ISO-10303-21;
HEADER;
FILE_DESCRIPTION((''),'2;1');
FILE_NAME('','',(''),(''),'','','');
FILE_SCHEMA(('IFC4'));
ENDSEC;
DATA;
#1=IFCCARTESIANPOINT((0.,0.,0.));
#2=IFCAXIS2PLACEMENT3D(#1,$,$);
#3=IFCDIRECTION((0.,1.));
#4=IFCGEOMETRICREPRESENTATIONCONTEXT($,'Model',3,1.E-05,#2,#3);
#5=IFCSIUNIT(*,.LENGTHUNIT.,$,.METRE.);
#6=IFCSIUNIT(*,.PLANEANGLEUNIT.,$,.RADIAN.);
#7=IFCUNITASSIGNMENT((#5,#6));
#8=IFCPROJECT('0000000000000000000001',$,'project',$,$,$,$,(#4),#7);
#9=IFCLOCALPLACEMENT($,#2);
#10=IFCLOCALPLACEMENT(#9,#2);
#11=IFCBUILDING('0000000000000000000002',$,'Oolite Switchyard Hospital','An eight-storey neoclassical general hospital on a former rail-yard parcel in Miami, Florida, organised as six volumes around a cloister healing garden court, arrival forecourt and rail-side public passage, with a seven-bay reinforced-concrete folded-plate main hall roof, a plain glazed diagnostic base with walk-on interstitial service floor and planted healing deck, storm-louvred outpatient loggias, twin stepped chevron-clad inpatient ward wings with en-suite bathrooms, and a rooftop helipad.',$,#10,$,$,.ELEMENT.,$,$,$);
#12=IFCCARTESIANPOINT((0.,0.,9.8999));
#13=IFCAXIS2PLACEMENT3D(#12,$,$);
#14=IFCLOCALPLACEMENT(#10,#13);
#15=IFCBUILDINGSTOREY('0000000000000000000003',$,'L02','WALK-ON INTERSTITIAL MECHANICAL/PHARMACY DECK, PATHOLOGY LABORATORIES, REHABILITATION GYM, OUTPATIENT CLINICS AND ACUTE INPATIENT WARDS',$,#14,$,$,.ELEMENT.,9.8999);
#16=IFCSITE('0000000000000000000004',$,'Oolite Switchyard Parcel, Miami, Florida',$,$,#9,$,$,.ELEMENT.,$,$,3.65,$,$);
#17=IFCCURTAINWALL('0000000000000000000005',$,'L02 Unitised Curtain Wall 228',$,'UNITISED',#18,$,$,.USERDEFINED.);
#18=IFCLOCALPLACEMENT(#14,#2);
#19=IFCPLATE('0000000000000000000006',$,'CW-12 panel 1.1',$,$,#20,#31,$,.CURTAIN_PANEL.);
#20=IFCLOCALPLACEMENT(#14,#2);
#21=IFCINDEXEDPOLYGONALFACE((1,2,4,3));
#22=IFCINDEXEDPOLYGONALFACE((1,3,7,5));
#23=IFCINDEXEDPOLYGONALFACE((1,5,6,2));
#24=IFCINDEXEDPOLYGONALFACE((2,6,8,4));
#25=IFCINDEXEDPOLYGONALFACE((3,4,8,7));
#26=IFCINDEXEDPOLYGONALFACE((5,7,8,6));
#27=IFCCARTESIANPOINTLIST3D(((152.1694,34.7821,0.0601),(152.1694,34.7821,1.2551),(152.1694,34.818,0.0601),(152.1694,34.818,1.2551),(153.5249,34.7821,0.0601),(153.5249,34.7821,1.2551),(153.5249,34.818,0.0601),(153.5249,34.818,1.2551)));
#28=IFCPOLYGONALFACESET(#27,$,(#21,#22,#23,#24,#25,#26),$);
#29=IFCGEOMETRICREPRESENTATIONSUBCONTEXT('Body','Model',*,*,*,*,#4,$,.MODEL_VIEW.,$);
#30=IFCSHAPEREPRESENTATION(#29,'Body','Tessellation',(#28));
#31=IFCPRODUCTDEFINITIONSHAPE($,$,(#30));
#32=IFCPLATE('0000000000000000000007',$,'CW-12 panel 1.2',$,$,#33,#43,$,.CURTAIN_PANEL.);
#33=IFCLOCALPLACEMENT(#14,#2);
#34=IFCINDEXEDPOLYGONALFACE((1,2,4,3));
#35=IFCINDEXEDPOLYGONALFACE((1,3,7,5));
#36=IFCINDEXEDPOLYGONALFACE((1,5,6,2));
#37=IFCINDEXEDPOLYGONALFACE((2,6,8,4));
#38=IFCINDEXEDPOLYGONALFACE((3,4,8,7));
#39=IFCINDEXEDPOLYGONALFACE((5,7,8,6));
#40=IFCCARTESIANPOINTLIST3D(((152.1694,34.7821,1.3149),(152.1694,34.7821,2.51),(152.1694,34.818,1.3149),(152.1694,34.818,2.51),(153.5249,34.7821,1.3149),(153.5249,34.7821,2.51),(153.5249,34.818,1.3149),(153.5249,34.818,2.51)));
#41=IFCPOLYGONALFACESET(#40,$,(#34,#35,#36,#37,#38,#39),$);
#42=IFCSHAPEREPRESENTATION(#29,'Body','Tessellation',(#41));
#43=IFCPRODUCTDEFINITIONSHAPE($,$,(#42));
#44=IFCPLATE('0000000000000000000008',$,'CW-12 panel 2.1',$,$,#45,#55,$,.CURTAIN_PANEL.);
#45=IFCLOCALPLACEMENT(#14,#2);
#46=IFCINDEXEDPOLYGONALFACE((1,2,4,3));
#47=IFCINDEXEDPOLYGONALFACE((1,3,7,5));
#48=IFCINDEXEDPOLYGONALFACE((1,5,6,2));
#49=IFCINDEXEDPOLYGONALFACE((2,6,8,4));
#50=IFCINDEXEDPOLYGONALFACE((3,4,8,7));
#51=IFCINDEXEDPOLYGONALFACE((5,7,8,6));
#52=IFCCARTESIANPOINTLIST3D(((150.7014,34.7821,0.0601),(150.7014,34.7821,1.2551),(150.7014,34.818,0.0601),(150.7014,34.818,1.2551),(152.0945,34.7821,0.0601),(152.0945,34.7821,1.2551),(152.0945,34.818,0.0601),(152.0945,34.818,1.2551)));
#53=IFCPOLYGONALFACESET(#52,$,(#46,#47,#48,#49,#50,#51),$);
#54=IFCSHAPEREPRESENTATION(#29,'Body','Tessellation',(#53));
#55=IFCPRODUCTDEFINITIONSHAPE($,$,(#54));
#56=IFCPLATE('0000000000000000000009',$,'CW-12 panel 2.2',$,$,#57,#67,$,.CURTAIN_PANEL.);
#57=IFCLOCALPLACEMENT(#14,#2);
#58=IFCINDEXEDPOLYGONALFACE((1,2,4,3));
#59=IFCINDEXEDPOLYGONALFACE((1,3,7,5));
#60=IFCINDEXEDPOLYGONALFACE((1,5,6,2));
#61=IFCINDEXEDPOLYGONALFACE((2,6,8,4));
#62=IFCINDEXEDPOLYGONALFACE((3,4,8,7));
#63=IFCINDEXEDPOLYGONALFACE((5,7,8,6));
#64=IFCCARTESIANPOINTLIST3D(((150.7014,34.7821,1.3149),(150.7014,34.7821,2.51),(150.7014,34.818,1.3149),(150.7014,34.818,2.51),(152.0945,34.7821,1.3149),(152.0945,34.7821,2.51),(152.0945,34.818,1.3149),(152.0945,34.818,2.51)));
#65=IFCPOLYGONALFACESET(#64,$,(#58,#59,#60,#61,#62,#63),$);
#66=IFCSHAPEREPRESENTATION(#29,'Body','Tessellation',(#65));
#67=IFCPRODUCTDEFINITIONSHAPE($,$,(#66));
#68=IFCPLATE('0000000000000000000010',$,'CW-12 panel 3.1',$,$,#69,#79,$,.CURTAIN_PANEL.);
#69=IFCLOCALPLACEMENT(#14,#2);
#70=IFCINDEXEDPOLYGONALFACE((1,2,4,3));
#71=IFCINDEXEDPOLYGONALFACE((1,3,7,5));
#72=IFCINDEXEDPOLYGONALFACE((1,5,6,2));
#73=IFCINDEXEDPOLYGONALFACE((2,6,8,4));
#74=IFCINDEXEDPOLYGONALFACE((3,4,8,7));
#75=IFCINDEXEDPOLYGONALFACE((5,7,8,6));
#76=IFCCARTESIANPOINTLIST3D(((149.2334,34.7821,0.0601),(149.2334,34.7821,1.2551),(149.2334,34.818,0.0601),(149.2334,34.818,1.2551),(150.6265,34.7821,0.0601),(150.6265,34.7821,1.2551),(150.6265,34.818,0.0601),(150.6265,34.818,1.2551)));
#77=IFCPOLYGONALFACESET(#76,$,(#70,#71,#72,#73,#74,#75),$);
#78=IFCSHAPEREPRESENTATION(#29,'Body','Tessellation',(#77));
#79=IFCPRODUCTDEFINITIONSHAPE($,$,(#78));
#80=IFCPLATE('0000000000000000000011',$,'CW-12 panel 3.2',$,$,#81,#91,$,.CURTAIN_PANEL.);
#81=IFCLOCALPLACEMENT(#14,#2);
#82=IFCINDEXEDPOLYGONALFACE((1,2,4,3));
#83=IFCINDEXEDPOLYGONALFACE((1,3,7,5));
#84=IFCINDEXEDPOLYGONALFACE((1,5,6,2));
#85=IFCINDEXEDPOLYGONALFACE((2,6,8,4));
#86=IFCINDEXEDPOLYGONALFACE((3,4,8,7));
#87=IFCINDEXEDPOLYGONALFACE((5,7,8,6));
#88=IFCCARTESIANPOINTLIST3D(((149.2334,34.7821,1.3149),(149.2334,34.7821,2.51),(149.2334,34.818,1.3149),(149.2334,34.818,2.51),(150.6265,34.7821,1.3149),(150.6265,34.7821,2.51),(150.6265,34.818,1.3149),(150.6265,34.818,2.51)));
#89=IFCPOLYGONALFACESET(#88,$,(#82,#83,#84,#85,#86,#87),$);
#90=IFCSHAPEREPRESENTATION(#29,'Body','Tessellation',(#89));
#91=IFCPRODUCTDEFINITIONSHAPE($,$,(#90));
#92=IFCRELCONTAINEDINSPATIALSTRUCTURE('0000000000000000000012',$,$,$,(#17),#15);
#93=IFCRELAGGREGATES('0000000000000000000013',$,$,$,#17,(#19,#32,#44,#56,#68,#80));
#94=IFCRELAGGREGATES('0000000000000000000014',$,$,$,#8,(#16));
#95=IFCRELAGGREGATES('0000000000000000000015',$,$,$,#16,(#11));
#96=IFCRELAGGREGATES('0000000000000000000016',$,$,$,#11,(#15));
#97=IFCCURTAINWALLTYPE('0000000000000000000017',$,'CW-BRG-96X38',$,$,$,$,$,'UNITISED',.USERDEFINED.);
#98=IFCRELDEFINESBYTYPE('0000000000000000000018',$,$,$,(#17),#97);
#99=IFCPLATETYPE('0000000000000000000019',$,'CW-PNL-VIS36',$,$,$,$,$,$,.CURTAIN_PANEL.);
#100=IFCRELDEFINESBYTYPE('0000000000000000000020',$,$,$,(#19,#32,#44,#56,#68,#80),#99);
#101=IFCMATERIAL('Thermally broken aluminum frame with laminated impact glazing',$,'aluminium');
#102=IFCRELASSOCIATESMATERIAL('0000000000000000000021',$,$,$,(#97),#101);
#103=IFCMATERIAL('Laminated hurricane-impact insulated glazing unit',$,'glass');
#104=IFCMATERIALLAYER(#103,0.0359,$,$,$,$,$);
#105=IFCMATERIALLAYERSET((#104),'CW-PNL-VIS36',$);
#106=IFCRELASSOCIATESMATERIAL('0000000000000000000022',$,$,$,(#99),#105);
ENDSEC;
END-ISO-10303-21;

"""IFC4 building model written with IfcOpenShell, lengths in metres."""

from ifc_helpers import new_model, si_unit, direction, frame, origin, origin_2d, place, context, subcontext, project, spatial, rectangle, extrude, material, layer, layer_set, type_object, element, aggregate, save


model = new_model("IFC4")

# Units and contexts
model_context = context("Model", 3, precision=1e-05, world=origin(), true_north=direction((0.0, 1.0)))
body_context = subcontext(model_context, "Body", "Model", "MODEL_VIEW")
ifc_project = project(units=[si_unit("LENGTHUNIT", "METRE"), si_unit("PLANEANGLEUNIT", "RADIAN")], contexts=[model_context])

# Site, building, storey
site_placement = place(None, origin())
site = spatial("IfcSite", under=ifc_project, at=site_placement, Name="Oolite Switchyard Parcel, Miami, Florida", CompositionType="ELEMENT", RefElevation=3.65)
building_placement = place(site_placement, origin())
building = spatial("IfcBuilding", under=site, at=building_placement, Name="Oolite Switchyard Hospital", Description="An eight-storey neoclassical general hospital on a former rail-yard parcel in Miami, Florida, organised as six volumes around a cloister healing garden court, arrival forecourt and rail-side public passage, with a seven-bay reinforced-concrete folded-plate main hall roof, a plain glazed diagnostic base with walk-on interstitial service floor and planted healing deck, storm-louvred outpatient loggias, twin stepped chevron-clad inpatient ward wings with en-suite bathrooms, and a rooftop helipad.", CompositionType="ELEMENT")
storey_placement = place(building_placement, frame((0.0, 0.0, 9.8999)))
storey = spatial("IfcBuildingStorey", under=building, at=storey_placement, Name="L02", Description="WALK-ON INTERSTITIAL MECHANICAL/PHARMACY DECK, PATHOLOGY LABORATORIES, REHABILITATION GYM, OUTPATIENT CLINICS AND ACUTE INPATIENT WARDS", CompositionType="ELEMENT", Elevation=9.8999)

# Curtain wall, plates
ifc_material_1 = material(Name="Thermally broken aluminum frame with laminated impact glazing", Category="aluminium")
curtain_wall_type = type_object("IfcCurtainWallType", Name="CW-BRG-96X38", ElementType="UNITISED", PredefinedType="USERDEFINED", material=ifc_material_1)
curtain_wall_placement = place(storey_placement, origin())
curtain_wall = element("IfcCurtainWall", 1, at=curtain_wall_placement, inside=storey, type_object=curtain_wall_type, Name="L02 Unitised Curtain Wall 228", ObjectType="UNITISED", PredefinedType="USERDEFINED")
ifc_material_2 = material(Name="Laminated hurricane-impact insulated glazing unit", Category="glass")
ifc_layer = layer(ifc_material_2, 0.0359)
ifc_layer_set = layer_set([ifc_layer], Name="CW-PNL-VIS36")
plate_type = type_object("IfcPlateType", Name="CW-PNL-VIS36", PredefinedType="CURTAIN_PANEL", material=ifc_layer_set)
plate_1_placement = place(storey_placement, frame((152.8472, 34.8, 0.0601), z_axis=(0.0, 0.0, 1.0), x_axis=(-1.0, 0.0, 0.0)))
plate_1 = element("IfcPlate", 2, at=plate_1_placement, type_object=plate_type, Name="CW-12 panel 1.1", PredefinedType="CURTAIN_PANEL", context=body_context, shape_type="SweptSolid", body=[
    extrude(rectangle(XDim=1.3555, YDim=0.0359, at=origin_2d()), origin(), (0.0, 0.0, 1.0), 1.1951),
])
plate_2_placement = place(storey_placement, frame((152.8472, 34.8, 1.3149), z_axis=(0.0, 0.0, 1.0), x_axis=(-1.0, 0.0, 0.0)))
plate_2 = element("IfcPlate", 3, at=plate_2_placement, type_object=plate_type, Name="CW-12 panel 1.2", PredefinedType="CURTAIN_PANEL", context=body_context, shape_type="SweptSolid", body=[
    extrude(rectangle(XDim=1.3555, YDim=0.0359, at=origin_2d()), origin(), (0.0, 0.0, 1.0), 1.1951),
])
plate_3_placement = place(storey_placement, frame((151.3979, 34.8, 0.0601), z_axis=(0.0, 0.0, 1.0), x_axis=(-1.0, 0.0, 0.0)))
plate_3 = element("IfcPlate", 4, at=plate_3_placement, type_object=plate_type, Name="CW-12 panel 2.1", PredefinedType="CURTAIN_PANEL", context=body_context, shape_type="SweptSolid", body=[
    extrude(rectangle(XDim=1.3931, YDim=0.0359, at=origin_2d()), origin(), (0.0, 0.0, 1.0), 1.1951),
])
plate_4_placement = place(storey_placement, frame((151.3979, 34.8, 1.3149), z_axis=(0.0, 0.0, 1.0), x_axis=(-1.0, 0.0, 0.0)))
plate_4 = element("IfcPlate", 5, at=plate_4_placement, type_object=plate_type, Name="CW-12 panel 2.2", PredefinedType="CURTAIN_PANEL", context=body_context, shape_type="SweptSolid", body=[
    extrude(rectangle(XDim=1.3931, YDim=0.0359, at=origin_2d()), origin(), (0.0, 0.0, 1.0), 1.1951),
])
plate_5_placement = place(storey_placement, frame((149.9299, 34.8, 0.0601), z_axis=(0.0, 0.0, 1.0), x_axis=(-1.0, 0.0, 0.0)))
plate_5 = element("IfcPlate", 6, at=plate_5_placement, type_object=plate_type, Name="CW-12 panel 3.1", PredefinedType="CURTAIN_PANEL", context=body_context, shape_type="SweptSolid", body=[
    extrude(rectangle(XDim=1.3931, YDim=0.0359, at=origin_2d()), origin(), (0.0, 0.0, 1.0), 1.1951),
])
plate_6_placement = place(storey_placement, frame((149.9299, 34.8, 1.3149), z_axis=(0.0, 0.0, 1.0), x_axis=(-1.0, 0.0, 0.0)))
plate_6 = element("IfcPlate", 7, at=plate_6_placement, type_object=plate_type, Name="CW-12 panel 3.2", PredefinedType="CURTAIN_PANEL", context=body_context, shape_type="SweptSolid", body=[
    extrude(rectangle(XDim=1.3931, YDim=0.0359, at=origin_2d()), origin(), (0.0, 0.0, 1.0), 1.1951),
])
aggregate(curtain_wall, [plate_1, plate_2, plate_3, plate_4, plate_5, plate_6])

save(model, "model.ifc")
